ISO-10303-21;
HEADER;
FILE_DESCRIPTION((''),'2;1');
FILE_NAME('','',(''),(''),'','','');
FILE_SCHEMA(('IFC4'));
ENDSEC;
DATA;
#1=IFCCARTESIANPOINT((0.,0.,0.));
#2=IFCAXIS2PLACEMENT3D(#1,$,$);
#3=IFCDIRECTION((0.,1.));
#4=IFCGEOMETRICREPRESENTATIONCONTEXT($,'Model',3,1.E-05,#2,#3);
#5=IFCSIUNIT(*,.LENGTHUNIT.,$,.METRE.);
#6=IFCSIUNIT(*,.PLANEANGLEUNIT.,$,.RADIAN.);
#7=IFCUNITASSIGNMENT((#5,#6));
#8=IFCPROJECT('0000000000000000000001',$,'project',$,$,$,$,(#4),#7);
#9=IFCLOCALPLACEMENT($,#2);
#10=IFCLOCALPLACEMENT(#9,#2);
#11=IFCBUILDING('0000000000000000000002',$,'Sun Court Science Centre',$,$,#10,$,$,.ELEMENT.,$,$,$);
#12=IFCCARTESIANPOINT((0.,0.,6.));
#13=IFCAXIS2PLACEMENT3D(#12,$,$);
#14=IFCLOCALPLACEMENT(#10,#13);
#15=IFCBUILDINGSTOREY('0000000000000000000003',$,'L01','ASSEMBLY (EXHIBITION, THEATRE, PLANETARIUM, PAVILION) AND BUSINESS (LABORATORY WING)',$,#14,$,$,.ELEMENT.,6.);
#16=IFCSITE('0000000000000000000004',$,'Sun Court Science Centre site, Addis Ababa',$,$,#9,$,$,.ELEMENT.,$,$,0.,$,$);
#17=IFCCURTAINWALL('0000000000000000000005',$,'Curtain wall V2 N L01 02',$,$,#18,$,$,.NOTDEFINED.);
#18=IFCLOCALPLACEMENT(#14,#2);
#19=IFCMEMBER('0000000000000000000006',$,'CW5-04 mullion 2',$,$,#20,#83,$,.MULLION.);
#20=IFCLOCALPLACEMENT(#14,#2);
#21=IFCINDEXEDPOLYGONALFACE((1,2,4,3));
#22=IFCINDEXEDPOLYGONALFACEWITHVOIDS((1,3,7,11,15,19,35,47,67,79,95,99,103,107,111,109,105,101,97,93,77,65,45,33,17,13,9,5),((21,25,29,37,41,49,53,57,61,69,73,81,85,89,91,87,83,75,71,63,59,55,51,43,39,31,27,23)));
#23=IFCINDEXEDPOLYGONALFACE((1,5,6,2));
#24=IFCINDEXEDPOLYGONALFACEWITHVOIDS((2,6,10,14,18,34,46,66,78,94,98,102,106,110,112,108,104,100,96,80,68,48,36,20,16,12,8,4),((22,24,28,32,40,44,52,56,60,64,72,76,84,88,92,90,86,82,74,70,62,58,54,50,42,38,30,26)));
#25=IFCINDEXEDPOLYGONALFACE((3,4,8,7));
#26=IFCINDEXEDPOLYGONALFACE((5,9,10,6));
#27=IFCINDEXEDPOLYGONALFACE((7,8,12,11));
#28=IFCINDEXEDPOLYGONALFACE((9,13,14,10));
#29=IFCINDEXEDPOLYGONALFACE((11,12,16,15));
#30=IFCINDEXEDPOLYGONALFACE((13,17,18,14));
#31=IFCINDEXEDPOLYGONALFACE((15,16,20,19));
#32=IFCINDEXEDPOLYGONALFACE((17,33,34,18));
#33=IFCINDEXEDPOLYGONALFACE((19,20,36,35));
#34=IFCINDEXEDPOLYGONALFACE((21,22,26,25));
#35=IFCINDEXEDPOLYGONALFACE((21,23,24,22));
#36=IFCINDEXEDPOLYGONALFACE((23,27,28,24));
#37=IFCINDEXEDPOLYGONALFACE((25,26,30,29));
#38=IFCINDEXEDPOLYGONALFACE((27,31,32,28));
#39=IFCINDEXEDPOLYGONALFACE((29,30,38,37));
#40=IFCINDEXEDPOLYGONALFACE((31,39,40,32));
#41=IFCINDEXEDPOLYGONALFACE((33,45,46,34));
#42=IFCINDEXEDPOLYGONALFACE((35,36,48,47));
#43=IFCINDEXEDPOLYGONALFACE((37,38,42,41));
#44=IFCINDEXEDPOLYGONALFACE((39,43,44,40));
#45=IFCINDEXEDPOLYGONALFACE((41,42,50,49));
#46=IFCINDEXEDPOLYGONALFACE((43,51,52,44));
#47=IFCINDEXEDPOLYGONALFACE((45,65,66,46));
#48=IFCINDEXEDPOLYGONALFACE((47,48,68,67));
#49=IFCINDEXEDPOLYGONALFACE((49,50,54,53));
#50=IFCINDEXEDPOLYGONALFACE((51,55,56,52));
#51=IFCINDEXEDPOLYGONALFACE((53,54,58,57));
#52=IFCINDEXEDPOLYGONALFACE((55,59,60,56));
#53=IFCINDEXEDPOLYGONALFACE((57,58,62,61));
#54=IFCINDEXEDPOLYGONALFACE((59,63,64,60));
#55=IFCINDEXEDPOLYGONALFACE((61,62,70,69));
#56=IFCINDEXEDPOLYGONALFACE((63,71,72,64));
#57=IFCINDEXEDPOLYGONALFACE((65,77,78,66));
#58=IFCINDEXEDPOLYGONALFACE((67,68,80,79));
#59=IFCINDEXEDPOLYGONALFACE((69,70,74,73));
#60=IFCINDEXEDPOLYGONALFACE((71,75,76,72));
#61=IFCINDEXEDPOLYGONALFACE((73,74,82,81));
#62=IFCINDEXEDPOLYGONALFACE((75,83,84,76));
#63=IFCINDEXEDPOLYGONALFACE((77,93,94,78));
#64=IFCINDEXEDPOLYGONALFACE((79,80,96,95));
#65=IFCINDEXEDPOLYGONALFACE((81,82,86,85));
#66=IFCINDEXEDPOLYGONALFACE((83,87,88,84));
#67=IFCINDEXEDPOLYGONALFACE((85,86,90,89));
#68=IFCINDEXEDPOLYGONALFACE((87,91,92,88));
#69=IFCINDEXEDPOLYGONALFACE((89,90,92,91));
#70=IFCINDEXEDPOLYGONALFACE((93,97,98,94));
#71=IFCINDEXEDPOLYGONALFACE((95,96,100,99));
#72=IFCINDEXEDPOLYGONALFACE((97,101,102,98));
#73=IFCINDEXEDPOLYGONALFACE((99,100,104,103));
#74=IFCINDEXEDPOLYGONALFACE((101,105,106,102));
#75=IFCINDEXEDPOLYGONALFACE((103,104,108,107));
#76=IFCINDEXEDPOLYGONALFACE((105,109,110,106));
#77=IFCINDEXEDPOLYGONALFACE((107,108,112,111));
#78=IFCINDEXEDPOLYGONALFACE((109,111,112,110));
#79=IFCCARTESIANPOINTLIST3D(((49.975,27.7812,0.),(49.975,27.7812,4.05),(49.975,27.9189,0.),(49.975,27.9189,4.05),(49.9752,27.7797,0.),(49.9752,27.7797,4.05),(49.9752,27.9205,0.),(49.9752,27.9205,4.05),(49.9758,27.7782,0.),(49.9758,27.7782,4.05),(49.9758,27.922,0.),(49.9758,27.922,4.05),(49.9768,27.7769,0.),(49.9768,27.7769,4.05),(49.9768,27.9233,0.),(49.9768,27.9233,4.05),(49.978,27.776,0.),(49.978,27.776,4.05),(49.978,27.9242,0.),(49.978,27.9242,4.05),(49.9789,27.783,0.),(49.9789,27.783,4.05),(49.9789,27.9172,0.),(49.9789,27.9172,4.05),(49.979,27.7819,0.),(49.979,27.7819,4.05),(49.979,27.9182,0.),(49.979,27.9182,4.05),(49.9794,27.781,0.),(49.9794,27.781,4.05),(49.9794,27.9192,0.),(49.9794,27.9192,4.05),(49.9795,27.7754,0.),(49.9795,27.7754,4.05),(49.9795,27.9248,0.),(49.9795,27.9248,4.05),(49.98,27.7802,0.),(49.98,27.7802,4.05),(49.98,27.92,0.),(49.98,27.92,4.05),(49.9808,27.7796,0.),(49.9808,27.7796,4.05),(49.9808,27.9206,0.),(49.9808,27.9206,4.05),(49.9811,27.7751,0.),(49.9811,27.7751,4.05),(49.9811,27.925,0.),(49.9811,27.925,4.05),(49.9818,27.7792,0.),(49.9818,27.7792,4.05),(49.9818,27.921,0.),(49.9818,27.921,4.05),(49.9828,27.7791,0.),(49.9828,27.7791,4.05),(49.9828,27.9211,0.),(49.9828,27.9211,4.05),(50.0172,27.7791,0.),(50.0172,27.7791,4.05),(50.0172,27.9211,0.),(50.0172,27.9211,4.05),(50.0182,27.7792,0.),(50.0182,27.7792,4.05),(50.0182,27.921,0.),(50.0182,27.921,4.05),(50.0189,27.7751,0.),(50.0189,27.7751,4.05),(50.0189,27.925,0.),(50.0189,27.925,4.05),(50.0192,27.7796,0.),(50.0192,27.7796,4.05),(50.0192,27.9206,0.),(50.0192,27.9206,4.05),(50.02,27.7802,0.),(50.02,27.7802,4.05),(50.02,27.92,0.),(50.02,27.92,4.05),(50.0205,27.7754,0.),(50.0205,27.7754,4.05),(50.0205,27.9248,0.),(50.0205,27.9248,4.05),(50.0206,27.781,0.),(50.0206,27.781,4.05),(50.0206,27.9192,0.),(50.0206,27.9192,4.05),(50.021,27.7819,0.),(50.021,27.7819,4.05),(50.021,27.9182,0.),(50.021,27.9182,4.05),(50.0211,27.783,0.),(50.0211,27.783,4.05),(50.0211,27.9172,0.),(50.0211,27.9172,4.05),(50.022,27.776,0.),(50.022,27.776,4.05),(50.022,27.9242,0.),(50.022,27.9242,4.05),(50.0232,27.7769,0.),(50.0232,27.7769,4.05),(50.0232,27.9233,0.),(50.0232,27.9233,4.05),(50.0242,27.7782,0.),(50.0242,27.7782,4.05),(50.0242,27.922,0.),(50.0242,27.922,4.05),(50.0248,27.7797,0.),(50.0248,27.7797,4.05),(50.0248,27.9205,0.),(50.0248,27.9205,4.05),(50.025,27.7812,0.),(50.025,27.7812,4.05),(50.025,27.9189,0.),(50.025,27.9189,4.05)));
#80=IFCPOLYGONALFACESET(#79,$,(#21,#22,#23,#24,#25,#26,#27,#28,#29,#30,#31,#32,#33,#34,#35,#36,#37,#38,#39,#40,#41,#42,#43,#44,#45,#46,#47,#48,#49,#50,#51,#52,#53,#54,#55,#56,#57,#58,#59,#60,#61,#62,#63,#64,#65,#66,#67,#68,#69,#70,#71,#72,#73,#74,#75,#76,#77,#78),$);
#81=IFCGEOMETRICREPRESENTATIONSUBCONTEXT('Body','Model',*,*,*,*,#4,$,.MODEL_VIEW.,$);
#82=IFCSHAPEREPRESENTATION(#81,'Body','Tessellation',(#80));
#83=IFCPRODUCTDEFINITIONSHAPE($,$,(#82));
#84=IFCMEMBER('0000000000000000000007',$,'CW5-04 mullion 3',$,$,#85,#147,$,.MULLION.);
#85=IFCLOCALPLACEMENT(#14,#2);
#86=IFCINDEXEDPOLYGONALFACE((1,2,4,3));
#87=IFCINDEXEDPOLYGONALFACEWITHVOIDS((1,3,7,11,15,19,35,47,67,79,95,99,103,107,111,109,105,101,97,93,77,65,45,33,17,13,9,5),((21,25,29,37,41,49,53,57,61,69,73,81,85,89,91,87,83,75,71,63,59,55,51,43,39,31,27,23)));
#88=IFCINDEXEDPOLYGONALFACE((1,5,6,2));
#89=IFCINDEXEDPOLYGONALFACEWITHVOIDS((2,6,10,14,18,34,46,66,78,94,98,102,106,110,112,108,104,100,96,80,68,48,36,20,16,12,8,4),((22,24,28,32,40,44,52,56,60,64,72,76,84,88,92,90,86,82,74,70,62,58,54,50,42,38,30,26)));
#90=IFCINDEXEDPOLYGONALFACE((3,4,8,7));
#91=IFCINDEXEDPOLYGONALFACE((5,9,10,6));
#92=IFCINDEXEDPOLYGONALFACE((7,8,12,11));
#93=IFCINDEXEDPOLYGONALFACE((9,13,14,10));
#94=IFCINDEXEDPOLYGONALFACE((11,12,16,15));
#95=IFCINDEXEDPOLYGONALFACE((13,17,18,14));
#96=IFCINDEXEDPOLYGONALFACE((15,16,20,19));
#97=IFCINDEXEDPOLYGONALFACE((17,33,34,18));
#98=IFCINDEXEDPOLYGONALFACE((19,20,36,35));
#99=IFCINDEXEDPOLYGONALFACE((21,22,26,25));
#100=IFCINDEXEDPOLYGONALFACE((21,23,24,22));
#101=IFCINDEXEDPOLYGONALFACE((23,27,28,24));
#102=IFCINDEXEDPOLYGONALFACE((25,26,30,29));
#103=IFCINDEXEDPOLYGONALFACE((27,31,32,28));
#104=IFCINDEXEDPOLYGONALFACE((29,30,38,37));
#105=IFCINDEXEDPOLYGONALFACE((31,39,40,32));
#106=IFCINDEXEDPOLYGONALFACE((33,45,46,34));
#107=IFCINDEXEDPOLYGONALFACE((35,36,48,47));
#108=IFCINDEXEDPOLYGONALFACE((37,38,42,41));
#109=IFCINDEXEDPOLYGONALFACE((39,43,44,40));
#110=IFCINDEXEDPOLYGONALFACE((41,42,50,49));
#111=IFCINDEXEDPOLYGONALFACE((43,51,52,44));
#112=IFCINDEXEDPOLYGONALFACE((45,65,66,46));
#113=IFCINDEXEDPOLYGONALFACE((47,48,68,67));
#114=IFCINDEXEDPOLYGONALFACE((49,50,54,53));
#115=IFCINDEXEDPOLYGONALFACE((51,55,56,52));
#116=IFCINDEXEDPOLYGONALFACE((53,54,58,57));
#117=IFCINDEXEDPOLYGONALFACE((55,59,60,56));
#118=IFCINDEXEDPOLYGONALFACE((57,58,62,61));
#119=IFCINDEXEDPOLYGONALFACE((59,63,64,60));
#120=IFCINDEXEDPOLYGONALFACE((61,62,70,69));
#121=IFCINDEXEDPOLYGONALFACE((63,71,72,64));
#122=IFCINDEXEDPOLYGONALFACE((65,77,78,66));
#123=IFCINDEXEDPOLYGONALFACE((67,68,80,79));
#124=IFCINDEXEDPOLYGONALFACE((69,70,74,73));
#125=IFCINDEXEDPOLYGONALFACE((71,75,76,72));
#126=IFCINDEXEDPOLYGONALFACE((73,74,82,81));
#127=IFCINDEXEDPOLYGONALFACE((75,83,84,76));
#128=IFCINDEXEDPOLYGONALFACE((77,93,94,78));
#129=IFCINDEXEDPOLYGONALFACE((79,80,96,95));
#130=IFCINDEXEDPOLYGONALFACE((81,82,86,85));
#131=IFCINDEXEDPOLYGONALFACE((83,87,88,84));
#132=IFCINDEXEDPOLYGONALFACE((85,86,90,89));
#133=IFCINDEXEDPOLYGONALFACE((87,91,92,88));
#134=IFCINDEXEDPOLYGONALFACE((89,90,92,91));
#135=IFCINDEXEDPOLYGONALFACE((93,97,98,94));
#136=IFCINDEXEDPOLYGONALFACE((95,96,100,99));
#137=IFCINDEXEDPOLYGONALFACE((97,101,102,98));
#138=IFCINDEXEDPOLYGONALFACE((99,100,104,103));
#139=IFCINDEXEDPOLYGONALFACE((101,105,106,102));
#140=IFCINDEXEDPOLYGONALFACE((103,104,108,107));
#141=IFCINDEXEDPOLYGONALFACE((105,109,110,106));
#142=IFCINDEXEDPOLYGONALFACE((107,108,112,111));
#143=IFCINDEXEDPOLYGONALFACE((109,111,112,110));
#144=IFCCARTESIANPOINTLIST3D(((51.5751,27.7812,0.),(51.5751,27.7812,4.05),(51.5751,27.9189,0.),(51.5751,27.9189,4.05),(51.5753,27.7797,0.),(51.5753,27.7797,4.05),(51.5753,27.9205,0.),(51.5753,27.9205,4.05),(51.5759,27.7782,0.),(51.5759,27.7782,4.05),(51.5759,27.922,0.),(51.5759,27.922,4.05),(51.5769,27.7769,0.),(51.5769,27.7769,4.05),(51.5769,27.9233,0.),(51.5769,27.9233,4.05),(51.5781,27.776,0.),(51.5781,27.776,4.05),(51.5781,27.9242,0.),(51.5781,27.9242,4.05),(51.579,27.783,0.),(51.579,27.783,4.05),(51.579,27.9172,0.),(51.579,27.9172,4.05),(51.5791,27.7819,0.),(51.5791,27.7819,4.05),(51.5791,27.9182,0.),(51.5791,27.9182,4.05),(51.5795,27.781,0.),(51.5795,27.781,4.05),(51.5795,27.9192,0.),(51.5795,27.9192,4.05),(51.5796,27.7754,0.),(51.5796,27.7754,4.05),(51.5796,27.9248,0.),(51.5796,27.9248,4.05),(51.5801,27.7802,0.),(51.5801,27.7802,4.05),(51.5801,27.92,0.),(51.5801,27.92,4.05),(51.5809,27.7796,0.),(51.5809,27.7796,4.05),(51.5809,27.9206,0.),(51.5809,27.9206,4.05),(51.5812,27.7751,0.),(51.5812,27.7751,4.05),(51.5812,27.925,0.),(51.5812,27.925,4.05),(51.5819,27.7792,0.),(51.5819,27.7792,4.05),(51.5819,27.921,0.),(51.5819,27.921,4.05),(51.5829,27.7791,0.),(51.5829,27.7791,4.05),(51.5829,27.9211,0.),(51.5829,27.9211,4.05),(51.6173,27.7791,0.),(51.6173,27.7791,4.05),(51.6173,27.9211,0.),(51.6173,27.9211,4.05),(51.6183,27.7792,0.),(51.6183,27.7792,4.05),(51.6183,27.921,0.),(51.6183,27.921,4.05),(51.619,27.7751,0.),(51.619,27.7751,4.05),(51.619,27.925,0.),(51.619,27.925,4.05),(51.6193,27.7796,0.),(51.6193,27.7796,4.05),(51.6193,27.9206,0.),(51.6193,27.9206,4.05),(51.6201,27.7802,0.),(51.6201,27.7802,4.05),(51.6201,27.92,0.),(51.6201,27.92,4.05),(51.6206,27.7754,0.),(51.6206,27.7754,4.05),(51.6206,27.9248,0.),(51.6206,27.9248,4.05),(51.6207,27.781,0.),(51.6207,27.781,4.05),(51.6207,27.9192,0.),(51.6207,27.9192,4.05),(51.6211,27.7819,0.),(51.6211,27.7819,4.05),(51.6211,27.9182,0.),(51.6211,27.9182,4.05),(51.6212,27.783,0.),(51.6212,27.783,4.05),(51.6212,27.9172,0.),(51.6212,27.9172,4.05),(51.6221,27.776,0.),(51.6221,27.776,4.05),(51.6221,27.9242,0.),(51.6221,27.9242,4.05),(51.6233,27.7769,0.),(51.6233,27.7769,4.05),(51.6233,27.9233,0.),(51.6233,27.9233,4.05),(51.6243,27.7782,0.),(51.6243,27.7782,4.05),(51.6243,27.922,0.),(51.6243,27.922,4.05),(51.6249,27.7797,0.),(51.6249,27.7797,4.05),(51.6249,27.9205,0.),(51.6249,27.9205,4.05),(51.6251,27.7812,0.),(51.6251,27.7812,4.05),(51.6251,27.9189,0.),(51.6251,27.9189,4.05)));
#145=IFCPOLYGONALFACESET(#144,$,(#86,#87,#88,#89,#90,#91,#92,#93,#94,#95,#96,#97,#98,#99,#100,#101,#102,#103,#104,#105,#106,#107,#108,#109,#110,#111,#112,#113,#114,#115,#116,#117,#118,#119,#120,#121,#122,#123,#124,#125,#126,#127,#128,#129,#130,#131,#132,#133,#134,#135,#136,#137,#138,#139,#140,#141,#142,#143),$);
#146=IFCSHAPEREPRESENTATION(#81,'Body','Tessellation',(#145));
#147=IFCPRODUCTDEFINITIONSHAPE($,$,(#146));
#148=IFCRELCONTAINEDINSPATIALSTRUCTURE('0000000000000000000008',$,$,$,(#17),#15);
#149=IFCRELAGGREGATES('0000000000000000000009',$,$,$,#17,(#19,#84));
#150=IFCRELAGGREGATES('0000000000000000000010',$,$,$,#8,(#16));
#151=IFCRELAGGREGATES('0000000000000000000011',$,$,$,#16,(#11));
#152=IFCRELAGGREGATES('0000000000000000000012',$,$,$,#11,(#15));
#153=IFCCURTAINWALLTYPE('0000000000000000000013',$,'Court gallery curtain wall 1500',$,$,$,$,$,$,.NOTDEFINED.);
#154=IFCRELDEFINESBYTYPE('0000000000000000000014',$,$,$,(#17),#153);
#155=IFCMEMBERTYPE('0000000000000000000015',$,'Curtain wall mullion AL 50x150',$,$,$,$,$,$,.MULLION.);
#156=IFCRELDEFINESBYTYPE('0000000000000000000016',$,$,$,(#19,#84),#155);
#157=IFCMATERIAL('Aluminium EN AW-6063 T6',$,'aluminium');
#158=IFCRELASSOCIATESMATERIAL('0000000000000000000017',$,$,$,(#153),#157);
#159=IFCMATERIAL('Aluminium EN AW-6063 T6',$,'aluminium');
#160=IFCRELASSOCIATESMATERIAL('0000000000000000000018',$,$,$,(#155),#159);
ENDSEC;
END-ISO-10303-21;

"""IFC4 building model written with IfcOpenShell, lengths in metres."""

from ifc_helpers import new_model, si_unit, direction, frame, origin, origin_2d, place, context, subcontext, project, spatial, hollow_rectangle, extrude, material, material_profile, profile_set, type_object, element, aggregate, save


model = new_model("IFC4")

# Units and contexts
model_context = context("Model", 3, precision=1e-05, world=origin(), true_north=direction((0.0, 1.0)))
body_context = subcontext(model_context, "Body", "Model", "MODEL_VIEW")
ifc_project = project(units=[si_unit("LENGTHUNIT", "METRE"), si_unit("PLANEANGLEUNIT", "RADIAN")], contexts=[model_context])

# Site, building, storey
site_placement = place(None, origin())
site = spatial("IfcSite", under=ifc_project, at=site_placement, Name="Sun Court Science Centre site, Addis Ababa", CompositionType="ELEMENT", RefElevation=0.0)
building_placement = place(site_placement, origin())
building = spatial("IfcBuilding", under=site, at=building_placement, Name="Sun Court Science Centre", CompositionType="ELEMENT")
storey_placement = place(building_placement, frame((0.0, 0.0, 6.0)))
storey = spatial("IfcBuildingStorey", under=building, at=storey_placement, Name="L01", Description="ASSEMBLY (EXHIBITION, THEATRE, PLANETARIUM, PAVILION) AND BUSINESS (LABORATORY WING)", CompositionType="ELEMENT", Elevation=6.0)

# Curtain wall, members
ifc_material_1 = material(Name="Aluminium EN AW-6063 T6", Category="aluminium")
curtain_wall_type_1 = type_object("IfcCurtainWallType", Name="Court gallery curtain wall 1500", PredefinedType="NOTDEFINED", material=ifc_material_1)
curtain_wall_1_placement = place(storey_placement, origin())
curtain_wall_1 = element("IfcCurtainWall", 1, at=curtain_wall_1_placement, inside=storey, type_object=curtain_wall_type_1, Name="Curtain wall V2 N L01 02", PredefinedType="NOTDEFINED")
ifc_material_2 = material(Name="Aluminium EN AW-6063 T6", Category="aluminium")
ifc_material_profile_1 = material_profile(ifc_material_2, hollow_rectangle(XDim=0.05, YDim=0.1499, WallThickness=0.0039, InnerFilletRadius=0.0039, OuterFilletRadius=0.0061, at=origin_2d()), Name="AL 50x150x4")
ifc_profile_set_1 = profile_set([ifc_material_profile_1], Name="Aluminium EN AW-6063 T6")
member_type_1 = type_object("IfcMemberType", Name="Curtain wall mullion AL 50x150", PredefinedType="MULLION", material=ifc_profile_set_1)
member_1_placement = place(storey_placement, frame((50.0, 27.8501, 0.0), z_axis=(0.0, 0.0, 1.0), x_axis=(1.0, 0.0, 0.0)))
member_1 = element("IfcMember", 2, at=member_1_placement, type_object=member_type_1, Name="CW5-04 mullion 2", PredefinedType="MULLION", context=body_context, shape_type="SweptSolid", body=[
    extrude(hollow_rectangle(XDim=0.05, YDim=0.1499, WallThickness=0.0039, InnerFilletRadius=0.0039, OuterFilletRadius=0.0061, at=origin_2d()), origin(), (0.0, 0.0, 1.0), 4.05),
])
member_2_placement = place(storey_placement, frame((51.6001, 27.8501, 0.0), z_axis=(0.0, 0.0, 1.0), x_axis=(1.0, 0.0, 0.0)))
member_2 = element("IfcMember", 3, at=member_2_placement, type_object=member_type_1, Name="CW5-04 mullion 3", PredefinedType="MULLION", context=body_context, shape_type="SweptSolid", body=[
    extrude(hollow_rectangle(XDim=0.05, YDim=0.1499, WallThickness=0.0039, InnerFilletRadius=0.0039, OuterFilletRadius=0.0061, at=origin_2d()), origin(), (0.0, 0.0, 1.0), 4.05),
])

aggregate(curtain_wall_1, [member_1, member_2])

save(model, "model.ifc")
